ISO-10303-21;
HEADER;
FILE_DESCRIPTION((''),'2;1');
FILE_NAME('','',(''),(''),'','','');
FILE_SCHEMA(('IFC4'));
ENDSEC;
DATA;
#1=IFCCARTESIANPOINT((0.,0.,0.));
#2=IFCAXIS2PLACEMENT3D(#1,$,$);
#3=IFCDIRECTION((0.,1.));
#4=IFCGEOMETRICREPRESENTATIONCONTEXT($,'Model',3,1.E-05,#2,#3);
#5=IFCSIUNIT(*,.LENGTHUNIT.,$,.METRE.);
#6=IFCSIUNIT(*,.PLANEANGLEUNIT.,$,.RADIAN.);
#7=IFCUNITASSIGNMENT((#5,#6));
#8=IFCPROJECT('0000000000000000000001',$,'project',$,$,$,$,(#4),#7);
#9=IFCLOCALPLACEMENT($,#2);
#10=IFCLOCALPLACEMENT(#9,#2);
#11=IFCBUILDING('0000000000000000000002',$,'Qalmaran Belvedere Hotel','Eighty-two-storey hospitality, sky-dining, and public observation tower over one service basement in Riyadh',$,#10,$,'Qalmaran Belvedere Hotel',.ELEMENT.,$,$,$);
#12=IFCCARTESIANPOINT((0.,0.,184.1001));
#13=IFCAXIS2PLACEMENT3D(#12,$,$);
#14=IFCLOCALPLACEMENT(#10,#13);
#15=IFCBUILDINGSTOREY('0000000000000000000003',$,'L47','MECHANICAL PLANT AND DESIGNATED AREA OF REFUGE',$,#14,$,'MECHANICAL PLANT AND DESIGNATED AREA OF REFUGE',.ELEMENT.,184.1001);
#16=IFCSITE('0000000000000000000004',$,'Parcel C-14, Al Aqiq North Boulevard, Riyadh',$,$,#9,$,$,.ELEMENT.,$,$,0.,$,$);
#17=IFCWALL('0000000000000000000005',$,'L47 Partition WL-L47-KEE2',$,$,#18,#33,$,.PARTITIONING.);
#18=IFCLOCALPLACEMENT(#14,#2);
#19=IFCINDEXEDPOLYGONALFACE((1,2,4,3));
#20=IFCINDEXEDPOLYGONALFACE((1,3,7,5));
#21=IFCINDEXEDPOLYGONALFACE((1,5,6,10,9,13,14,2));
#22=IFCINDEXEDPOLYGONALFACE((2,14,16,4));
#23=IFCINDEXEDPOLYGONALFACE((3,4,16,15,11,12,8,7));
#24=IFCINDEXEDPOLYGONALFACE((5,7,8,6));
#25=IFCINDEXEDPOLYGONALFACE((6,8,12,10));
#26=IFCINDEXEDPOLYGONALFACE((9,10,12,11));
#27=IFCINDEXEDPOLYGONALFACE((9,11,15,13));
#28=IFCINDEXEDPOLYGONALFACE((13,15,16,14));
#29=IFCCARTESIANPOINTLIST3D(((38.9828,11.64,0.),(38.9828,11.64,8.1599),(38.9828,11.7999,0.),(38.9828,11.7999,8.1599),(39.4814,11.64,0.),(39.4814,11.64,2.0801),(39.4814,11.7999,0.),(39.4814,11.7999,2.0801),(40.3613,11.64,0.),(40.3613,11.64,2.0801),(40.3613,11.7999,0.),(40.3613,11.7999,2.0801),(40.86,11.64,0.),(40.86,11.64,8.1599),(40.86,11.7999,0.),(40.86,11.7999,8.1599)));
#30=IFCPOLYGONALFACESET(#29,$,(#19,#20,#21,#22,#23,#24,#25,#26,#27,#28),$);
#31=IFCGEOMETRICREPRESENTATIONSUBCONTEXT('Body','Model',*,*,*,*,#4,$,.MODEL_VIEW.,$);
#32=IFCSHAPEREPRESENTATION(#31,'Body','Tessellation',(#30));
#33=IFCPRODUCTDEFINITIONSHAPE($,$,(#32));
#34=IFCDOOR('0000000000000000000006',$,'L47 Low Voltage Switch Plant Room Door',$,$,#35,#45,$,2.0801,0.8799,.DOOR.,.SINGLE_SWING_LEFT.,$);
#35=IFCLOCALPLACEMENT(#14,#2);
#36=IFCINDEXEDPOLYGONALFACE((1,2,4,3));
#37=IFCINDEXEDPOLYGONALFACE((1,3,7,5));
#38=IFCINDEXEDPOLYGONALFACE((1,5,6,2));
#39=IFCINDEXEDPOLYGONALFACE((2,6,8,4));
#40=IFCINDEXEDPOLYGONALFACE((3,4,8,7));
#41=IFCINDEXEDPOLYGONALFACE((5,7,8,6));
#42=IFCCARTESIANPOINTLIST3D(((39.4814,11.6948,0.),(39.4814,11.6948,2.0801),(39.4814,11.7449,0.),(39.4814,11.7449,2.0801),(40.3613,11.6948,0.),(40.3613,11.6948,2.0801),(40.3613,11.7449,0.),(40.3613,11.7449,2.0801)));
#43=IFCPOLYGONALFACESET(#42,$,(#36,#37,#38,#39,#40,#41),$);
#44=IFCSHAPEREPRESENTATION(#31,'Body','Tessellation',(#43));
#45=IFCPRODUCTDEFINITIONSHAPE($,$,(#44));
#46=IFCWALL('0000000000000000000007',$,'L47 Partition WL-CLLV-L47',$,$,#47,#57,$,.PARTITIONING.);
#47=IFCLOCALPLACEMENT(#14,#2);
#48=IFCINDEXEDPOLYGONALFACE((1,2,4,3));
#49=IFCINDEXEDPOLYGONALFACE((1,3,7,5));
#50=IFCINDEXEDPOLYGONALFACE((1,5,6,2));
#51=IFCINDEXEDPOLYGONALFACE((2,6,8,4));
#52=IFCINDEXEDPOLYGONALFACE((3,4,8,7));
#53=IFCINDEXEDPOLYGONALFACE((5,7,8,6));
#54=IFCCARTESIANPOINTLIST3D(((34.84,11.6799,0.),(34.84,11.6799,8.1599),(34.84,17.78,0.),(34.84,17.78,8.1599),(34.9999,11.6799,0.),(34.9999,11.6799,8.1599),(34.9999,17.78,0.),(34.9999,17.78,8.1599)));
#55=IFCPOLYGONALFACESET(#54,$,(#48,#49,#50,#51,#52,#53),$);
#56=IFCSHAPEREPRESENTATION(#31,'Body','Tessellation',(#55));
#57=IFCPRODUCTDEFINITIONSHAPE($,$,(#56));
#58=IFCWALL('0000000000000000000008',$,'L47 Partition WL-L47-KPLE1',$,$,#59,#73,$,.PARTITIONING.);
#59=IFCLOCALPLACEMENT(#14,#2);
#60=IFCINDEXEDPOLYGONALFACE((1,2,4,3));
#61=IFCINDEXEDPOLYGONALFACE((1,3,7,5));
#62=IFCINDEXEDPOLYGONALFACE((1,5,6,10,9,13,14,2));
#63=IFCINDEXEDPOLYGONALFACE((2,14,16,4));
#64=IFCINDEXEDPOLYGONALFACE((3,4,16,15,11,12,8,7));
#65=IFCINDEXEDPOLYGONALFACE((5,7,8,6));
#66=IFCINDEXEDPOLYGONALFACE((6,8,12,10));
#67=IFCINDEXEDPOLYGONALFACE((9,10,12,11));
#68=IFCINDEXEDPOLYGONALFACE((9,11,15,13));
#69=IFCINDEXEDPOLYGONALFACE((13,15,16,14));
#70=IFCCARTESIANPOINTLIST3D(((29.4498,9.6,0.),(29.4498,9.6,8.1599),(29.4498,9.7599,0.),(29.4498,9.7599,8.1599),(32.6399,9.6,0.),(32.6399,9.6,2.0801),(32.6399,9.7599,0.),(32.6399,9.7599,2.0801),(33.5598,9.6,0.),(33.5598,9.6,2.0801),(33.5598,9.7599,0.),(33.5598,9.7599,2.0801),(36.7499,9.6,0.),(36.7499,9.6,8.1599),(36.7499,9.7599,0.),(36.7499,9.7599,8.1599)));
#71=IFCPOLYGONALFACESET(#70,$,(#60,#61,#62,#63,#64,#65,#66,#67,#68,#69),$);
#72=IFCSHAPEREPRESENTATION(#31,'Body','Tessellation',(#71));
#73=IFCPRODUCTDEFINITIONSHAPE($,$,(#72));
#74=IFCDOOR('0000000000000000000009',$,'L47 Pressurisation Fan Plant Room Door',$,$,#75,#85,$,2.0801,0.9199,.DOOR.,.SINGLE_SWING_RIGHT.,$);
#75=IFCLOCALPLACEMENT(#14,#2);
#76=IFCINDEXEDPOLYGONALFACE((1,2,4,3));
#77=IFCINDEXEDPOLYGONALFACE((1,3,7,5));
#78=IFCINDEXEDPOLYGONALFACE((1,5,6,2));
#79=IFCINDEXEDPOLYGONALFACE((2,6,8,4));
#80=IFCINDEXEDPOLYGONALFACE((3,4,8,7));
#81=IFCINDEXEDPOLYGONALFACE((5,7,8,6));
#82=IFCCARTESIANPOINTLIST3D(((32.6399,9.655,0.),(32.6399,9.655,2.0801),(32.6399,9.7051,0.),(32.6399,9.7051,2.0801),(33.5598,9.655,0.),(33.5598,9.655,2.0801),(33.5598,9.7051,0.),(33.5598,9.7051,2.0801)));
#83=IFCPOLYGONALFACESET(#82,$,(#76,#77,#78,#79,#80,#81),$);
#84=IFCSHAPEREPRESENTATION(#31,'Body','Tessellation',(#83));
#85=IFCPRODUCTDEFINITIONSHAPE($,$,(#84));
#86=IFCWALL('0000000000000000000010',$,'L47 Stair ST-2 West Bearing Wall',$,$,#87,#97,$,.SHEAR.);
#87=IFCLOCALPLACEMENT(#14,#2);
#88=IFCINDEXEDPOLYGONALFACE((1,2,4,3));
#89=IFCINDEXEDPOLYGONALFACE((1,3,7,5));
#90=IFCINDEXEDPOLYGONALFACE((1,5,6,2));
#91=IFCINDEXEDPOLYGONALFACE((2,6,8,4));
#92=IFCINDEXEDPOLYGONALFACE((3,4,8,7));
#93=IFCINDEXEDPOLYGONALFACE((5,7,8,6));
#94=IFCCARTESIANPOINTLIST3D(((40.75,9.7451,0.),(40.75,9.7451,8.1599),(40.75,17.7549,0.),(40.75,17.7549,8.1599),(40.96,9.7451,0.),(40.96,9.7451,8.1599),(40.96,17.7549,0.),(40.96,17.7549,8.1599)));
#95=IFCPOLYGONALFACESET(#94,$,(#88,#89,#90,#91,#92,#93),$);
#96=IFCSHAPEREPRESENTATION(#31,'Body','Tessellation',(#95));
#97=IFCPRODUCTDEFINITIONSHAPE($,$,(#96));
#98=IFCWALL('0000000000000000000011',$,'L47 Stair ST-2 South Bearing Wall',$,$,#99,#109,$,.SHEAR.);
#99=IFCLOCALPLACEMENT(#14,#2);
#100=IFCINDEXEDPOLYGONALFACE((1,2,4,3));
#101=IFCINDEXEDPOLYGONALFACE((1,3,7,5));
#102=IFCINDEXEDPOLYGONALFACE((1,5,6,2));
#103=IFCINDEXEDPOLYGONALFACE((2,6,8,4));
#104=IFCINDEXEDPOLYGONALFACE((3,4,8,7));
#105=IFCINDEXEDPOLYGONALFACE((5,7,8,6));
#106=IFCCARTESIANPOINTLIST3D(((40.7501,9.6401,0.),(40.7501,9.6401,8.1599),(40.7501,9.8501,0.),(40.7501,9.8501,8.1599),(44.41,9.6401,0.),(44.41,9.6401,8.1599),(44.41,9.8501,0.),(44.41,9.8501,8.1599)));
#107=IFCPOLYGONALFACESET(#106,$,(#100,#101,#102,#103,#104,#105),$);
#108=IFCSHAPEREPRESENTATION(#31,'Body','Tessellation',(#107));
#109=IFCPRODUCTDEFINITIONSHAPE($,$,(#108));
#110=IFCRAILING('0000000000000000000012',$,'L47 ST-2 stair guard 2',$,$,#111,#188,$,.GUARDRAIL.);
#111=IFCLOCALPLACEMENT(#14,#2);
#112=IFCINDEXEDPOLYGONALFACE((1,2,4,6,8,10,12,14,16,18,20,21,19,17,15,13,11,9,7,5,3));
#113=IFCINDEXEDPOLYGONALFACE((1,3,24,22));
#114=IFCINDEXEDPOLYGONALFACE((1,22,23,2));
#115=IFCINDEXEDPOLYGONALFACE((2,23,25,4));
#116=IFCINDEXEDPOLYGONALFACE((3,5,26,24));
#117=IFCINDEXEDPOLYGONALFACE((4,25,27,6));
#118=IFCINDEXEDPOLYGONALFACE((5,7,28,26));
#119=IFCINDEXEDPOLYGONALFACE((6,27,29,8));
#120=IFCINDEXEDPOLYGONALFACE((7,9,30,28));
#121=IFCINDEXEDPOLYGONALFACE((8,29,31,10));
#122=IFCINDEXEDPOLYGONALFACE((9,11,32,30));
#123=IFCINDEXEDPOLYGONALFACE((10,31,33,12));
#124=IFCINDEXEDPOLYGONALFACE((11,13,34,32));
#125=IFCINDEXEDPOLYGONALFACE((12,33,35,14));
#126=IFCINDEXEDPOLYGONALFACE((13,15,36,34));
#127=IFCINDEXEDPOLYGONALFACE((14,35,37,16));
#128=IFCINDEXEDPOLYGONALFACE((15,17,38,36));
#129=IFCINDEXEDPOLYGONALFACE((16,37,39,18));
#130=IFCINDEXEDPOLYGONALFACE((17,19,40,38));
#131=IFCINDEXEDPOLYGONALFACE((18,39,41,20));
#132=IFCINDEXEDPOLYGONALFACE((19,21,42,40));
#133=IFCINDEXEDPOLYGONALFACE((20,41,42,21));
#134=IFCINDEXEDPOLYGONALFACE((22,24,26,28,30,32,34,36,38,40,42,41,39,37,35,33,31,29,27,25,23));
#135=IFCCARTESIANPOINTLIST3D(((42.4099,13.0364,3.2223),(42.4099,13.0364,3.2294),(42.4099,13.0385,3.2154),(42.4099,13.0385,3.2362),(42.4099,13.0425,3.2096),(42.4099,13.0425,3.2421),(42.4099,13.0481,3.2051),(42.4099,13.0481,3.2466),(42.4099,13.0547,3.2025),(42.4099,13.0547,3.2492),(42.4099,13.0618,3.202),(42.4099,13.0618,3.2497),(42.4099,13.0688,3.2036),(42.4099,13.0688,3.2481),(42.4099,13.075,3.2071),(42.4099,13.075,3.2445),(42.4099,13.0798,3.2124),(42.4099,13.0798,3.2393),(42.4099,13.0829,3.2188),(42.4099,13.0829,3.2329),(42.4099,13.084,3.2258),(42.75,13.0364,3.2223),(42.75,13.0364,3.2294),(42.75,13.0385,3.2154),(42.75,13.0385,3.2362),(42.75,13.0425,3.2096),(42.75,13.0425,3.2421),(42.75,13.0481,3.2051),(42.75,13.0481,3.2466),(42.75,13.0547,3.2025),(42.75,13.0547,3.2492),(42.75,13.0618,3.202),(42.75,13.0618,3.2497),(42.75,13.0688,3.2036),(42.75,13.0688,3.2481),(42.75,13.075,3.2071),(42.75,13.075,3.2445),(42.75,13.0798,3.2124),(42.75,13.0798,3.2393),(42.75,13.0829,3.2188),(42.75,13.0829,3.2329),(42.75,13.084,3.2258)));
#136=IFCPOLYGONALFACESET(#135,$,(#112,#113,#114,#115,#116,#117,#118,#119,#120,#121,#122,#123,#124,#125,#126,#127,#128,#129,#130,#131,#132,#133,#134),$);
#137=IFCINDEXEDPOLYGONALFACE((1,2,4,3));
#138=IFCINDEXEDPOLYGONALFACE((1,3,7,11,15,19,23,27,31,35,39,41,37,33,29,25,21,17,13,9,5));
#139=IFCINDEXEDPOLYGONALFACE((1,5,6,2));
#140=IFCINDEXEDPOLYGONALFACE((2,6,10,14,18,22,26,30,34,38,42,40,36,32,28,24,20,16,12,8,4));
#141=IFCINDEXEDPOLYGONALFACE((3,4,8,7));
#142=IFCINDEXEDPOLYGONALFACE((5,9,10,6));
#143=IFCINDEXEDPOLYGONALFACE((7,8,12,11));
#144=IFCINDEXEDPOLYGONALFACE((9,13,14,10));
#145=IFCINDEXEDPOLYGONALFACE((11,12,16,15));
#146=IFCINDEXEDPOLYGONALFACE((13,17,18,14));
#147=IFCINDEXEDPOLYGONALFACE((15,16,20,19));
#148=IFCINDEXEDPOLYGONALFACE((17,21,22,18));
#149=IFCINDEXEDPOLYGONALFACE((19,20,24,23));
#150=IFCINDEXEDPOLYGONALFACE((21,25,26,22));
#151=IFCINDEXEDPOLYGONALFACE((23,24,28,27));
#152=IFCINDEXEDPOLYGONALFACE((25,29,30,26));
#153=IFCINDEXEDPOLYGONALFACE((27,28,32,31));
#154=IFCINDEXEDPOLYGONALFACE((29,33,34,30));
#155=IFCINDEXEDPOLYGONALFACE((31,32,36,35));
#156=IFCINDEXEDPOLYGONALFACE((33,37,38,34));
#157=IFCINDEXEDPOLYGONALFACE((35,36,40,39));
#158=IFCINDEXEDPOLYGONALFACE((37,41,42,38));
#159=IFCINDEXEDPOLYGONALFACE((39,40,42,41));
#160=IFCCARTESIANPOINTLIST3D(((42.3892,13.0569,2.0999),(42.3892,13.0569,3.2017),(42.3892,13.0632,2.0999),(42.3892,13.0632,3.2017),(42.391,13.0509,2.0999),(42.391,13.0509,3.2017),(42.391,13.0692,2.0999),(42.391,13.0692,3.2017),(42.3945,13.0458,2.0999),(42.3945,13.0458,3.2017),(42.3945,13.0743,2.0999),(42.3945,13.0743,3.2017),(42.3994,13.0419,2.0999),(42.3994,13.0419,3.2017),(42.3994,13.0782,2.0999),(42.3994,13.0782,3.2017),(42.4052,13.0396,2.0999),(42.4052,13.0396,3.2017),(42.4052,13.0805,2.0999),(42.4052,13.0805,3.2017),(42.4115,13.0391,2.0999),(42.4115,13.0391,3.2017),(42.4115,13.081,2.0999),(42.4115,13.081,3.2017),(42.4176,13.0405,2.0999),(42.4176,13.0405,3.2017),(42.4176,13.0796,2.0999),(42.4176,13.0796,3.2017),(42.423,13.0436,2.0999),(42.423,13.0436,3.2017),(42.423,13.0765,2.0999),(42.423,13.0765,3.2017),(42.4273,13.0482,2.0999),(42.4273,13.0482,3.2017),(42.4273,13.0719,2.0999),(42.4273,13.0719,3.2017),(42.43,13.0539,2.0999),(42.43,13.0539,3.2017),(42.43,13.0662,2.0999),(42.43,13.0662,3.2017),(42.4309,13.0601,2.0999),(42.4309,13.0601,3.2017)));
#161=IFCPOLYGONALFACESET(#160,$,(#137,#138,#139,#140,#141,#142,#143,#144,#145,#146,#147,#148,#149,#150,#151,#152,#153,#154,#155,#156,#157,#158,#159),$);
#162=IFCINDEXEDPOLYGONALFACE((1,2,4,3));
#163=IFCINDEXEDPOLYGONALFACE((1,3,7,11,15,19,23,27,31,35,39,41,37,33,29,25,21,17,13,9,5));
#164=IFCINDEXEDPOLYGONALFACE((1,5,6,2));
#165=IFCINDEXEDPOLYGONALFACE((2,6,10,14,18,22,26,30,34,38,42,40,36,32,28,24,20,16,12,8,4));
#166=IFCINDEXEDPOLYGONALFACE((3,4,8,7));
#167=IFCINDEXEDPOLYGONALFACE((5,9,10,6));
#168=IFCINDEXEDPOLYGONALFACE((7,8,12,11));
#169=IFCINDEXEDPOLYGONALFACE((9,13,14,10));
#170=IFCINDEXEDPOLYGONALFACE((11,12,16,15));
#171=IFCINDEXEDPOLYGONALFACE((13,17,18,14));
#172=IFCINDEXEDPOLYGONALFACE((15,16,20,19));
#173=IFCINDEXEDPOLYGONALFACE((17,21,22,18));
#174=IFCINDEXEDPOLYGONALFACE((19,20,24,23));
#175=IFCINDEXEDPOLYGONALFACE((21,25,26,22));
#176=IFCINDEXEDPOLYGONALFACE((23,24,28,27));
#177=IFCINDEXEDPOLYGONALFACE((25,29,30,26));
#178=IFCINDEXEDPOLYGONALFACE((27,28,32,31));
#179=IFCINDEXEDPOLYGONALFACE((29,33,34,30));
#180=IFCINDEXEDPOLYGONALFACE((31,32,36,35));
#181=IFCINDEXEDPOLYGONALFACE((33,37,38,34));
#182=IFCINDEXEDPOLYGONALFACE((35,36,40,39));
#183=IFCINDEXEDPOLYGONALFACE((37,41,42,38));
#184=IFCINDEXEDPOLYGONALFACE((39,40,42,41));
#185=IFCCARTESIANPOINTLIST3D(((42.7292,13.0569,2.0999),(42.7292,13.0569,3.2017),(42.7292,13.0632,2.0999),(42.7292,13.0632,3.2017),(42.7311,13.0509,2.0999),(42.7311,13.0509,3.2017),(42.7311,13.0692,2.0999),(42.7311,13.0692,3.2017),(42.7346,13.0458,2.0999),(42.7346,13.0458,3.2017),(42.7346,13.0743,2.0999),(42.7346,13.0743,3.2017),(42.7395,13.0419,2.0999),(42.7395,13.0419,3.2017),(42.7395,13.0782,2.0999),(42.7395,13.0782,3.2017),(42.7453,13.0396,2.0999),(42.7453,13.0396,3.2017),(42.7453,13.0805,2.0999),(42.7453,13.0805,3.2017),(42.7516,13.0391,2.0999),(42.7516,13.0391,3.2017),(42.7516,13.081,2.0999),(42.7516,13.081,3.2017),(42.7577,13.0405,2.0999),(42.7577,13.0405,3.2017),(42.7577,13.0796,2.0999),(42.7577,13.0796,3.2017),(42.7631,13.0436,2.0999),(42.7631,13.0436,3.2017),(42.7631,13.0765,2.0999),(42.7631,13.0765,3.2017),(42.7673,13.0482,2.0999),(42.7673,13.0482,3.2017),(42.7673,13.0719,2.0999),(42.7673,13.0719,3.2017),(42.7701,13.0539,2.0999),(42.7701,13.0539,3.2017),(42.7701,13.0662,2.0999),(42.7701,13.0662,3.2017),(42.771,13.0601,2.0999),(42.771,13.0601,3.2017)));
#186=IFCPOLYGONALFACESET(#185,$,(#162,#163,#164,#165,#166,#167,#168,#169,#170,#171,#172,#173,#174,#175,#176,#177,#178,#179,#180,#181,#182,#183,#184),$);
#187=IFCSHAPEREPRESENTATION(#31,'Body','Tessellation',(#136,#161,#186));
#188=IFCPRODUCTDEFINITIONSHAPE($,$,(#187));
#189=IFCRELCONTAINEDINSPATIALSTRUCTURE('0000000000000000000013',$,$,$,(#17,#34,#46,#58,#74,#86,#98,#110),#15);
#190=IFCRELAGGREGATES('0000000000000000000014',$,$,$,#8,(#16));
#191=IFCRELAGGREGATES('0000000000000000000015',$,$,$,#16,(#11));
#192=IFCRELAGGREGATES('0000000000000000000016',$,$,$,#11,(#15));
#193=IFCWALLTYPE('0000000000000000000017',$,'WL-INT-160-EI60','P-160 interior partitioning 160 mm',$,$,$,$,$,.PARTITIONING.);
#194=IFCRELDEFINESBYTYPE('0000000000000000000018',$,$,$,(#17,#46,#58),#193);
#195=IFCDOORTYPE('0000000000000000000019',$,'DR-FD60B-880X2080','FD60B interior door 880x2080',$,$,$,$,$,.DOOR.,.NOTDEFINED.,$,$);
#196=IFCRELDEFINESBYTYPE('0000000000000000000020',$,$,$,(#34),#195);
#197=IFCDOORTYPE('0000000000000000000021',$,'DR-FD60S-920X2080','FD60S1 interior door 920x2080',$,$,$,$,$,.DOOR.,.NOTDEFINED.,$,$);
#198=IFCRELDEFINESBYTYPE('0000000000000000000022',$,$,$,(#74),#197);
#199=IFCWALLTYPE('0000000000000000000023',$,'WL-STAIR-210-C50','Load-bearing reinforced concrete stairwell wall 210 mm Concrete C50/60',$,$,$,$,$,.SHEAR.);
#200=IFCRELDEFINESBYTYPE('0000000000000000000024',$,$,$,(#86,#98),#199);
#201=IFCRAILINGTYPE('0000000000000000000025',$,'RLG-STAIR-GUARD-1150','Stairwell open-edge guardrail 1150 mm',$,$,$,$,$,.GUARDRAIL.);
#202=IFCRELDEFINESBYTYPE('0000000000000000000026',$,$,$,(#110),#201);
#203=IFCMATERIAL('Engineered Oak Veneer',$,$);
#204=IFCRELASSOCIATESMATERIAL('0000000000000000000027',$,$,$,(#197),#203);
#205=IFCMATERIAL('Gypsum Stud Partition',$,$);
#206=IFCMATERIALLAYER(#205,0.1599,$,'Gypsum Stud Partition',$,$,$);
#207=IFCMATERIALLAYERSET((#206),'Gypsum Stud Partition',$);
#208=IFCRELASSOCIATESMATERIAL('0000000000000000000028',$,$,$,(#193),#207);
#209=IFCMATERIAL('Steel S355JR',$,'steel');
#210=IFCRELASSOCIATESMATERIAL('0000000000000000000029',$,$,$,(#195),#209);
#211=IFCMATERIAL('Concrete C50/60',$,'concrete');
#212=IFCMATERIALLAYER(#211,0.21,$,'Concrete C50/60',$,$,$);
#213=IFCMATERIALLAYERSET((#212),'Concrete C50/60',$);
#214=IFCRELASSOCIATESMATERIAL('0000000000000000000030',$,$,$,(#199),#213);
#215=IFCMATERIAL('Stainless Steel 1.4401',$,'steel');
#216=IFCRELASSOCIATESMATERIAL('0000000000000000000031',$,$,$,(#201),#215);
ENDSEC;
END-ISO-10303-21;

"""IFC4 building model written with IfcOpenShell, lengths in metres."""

from ifc_helpers import new_model, si_unit, direction, frame, frame_2d, origin, origin_2d, place, context, subcontext, project, spatial, rectangle, circle, extrude, material, layer, layer_set, type_object, element, fill, save


model = new_model("IFC4")

# Units and contexts
model_context = context("Model", 3, precision=1e-05, world=origin(), true_north=direction((0.0, 1.0)))
body_context = subcontext(model_context, "Body", "Model", "MODEL_VIEW")
ifc_project = project(units=[si_unit("LENGTHUNIT", "METRE"), si_unit("PLANEANGLEUNIT", "RADIAN")], contexts=[model_context])

# Site, building, storey
site_placement = place(None, origin())
site = spatial("IfcSite", under=ifc_project, at=site_placement, Name="Parcel C-14, Al Aqiq North Boulevard, Riyadh", CompositionType="ELEMENT", RefElevation=0.0)
building_placement = place(site_placement, origin())
building = spatial("IfcBuilding", under=site, at=building_placement, Name="Qalmaran Belvedere Hotel", Description="Eighty-two-storey hospitality, sky-dining, and public observation tower over one service basement in Riyadh", LongName="Qalmaran Belvedere Hotel", CompositionType="ELEMENT")
storey_placement = place(building_placement, frame((0.0, 0.0, 184.1001)))
storey = spatial("IfcBuildingStorey", under=building, at=storey_placement, Name="L47", Description="MECHANICAL PLANT AND DESIGNATED AREA OF REFUGE", LongName="MECHANICAL PLANT AND DESIGNATED AREA OF REFUGE", CompositionType="ELEMENT", Elevation=184.1001)

# Shared definitions
ifc_material_1 = material(Name="Concrete C50/60", Category="concrete")

# Shared definitions
ifc_material_2 = material(Name="Steel S355JR", Category="steel")

# Shared definitions
ifc_material_3 = material(Name="Gypsum Stud Partition")

# Wall, opening, door
ifc_material_4 = material(Name="Engineered Oak Veneer")
door_type_1 = type_object("IfcDoorType", Name="DR-FD60S-920X2080", Description="FD60S1 interior door 920x2080", OperationType="NOTDEFINED", PredefinedType="DOOR", material=ifc_material_4)
ifc_layer_1 = layer(ifc_material_3, 0.1599, Name="Gypsum Stud Partition")
ifc_layer_set_1 = layer_set([ifc_layer_1], Name="Gypsum Stud Partition")
wall_type_1 = type_object("IfcWallType", Name="WL-INT-160-EI60", Description="P-160 interior partitioning 160 mm", PredefinedType="PARTITIONING", material=ifc_layer_set_1)
door_type_2 = type_object("IfcDoorType", Name="DR-FD60B-880X2080", Description="FD60B interior door 880x2080", OperationType="NOTDEFINED", PredefinedType="DOOR", material=ifc_material_2)
wall_1_placement = place(storey_placement, frame((38.9829, 11.72, 0.0), z_axis=(0.0, 0.0, 1.0), x_axis=(1.0, 0.0, 0.0)))
wall_1 = element("IfcWall", 1, at=wall_1_placement, inside=storey, type_object=wall_type_1, Name="L47 Partition WL-L47-KEE2", PredefinedType="PARTITIONING", context=body_context, shape_type="SweptSolid", body=[
    extrude(rectangle(XDim=1.8772, YDim=0.1599, at=frame_2d((0.9385, 0.0))), origin(), (0.0, 0.0, 1.0), 8.1599),
])
opening_1_placement = place(wall_1_placement, frame((0.4985, 0.0, 0.0)))
opening_1 = element("IfcOpeningElement", 2, at=opening_1_placement, cuts=wall_1, PredefinedType="OPENING", context=body_context, shape_type="SweptSolid", body=[
    extrude(rectangle(XDim=0.8799, YDim=2.0801, at=frame_2d((0.4399, 1.04))), frame((0.0, 0.0898, 0.0), z_axis=(0.0, -1.0, 0.0), x_axis=(1.0, 0.0, 0.0)), (0.0, 0.0, 1.0), 0.1799),
])
door_1_placement = place(opening_1_placement, origin())
door_1 = element("IfcDoor", 3, at=door_1_placement, inside=storey, type_object=door_type_2, Name="L47 Low Voltage Switch Plant Room Door", OperationType="SINGLE_SWING_LEFT", OverallHeight=2.0801, OverallWidth=0.8799, PredefinedType="DOOR", context=body_context, shape_type="SweptSolid", body=[
    extrude(rectangle(XDim=0.8799, YDim=2.0801, at=frame_2d((0.4399, 1.04))), frame((0.0, 0.0249, 0.0), z_axis=(0.0, -1.0, 0.0), x_axis=(1.0, 0.0, 0.0)), (0.0, 0.0, 1.0), 0.05),
])
fill(opening_1, door_1)

# Wall
wall_2_placement = place(storey_placement, frame((34.9199, 11.6799, 0.0), z_axis=(0.0, 0.0, 1.0), x_axis=(0.0, 1.0, 0.0)))
element("IfcWall", 4, at=wall_2_placement, inside=storey, type_object=wall_type_1, Name="L47 Partition WL-CLLV-L47", PredefinedType="PARTITIONING", context=body_context, shape_type="SweptSolid", body=[
    extrude(rectangle(XDim=6.1001, YDim=0.1599, at=frame_2d((3.05, 0.0))), origin(), (0.0, 0.0, 1.0), 8.1599),
])

# Wall, opening, door
wall_3_placement = place(storey_placement, frame((29.45, 9.6799, 0.0), z_axis=(0.0, 0.0, 1.0), x_axis=(1.0, 0.0, 0.0)))
wall_3 = element("IfcWall", 5, at=wall_3_placement, inside=storey, type_object=wall_type_1, Name="L47 Partition WL-L47-KPLE1", PredefinedType="PARTITIONING", context=body_context, shape_type="SweptSolid", body=[
    extrude(rectangle(XDim=7.3, YDim=0.1599, at=frame_2d((3.6499, 0.0))), origin(), (0.0, 0.0, 1.0), 8.1599),
])
opening_2_placement = place(wall_3_placement, frame((4.1099, 0.0, 0.0), z_axis=(0.0, 0.0, 1.0), x_axis=(-1.0, 0.0, 0.0)))
opening_2 = element("IfcOpeningElement", 6, at=opening_2_placement, cuts=wall_3, PredefinedType="OPENING", context=body_context, shape_type="SweptSolid", body=[
    extrude(rectangle(XDim=0.9199, YDim=2.0801, at=frame_2d((0.46, 1.04))), frame((0.0, 0.0898, 0.0), z_axis=(0.0, -1.0, 0.0), x_axis=(1.0, 0.0, 0.0)), (0.0, 0.0, 1.0), 0.1799),
])
door_2_placement = place(opening_2_placement, origin())
door_2 = element("IfcDoor", 7, at=door_2_placement, inside=storey, type_object=door_type_1, Name="L47 Pressurisation Fan Plant Room Door", OperationType="SINGLE_SWING_RIGHT", OverallHeight=2.0801, OverallWidth=0.9199, PredefinedType="DOOR", context=body_context, shape_type="SweptSolid", body=[
    extrude(rectangle(XDim=0.9199, YDim=2.0801, at=frame_2d((0.46, 1.04))), frame((0.0, 0.0249, 0.0), z_axis=(0.0, -1.0, 0.0), x_axis=(1.0, 0.0, 0.0)), (0.0, 0.0, 1.0), 0.05),
])
fill(opening_2, door_2)

# Walls
ifc_layer_2 = layer(ifc_material_1, 0.21, Name="Concrete C50/60")
ifc_layer_set_2 = layer_set([ifc_layer_2], Name="Concrete C50/60")
wall_type_2 = type_object("IfcWallType", Name="WL-STAIR-210-C50", Description="Load-bearing reinforced concrete stairwell wall 210 mm Concrete C50/60", PredefinedType="SHEAR", material=ifc_layer_set_2)
wall_4_placement = place(storey_placement, frame((40.855, 9.7451, 0.0), z_axis=(0.0, 0.0, 1.0), x_axis=(0.0, 1.0, 0.0)))
element("IfcWall", 8, at=wall_4_placement, inside=storey, type_object=wall_type_2, Name="L47 Stair ST-2 West Bearing Wall", PredefinedType="SHEAR", context=body_context, shape_type="SweptSolid", body=[
    extrude(rectangle(XDim=8.0098, YDim=0.21, at=frame_2d((4.0049, 0.0))), origin(), (0.0, 0.0, 1.0), 8.1599),
])
wall_5_placement = place(storey_placement, frame((40.75, 9.7451, 0.0), z_axis=(0.0, 0.0, 1.0), x_axis=(1.0, 0.0, 0.0)))
element("IfcWall", 9, at=wall_5_placement, inside=storey, type_object=wall_type_2, Name="L47 Stair ST-2 South Bearing Wall", PredefinedType="SHEAR", context=body_context, shape_type="SweptSolid", body=[
    extrude(rectangle(XDim=3.6599, YDim=0.21, at=frame_2d((1.8301, 0.0))), origin(), (0.0, 0.0, 1.0), 8.1599),
])

# Railing
ifc_material_5 = material(Name="Stainless Steel 1.4401", Category="steel")
railing_type = type_object("IfcRailingType", Name="RLG-STAIR-GUARD-1150", Description="Stairwell open-edge guardrail 1150 mm", PredefinedType="GUARDRAIL", material=ifc_material_5)
railing_placement = place(storey_placement, frame((42.4099, 13.0601, 2.0999)))
element("IfcRailing", 10, at=railing_placement, inside=storey, type_object=railing_type, Name="L47 ST-2 stair guard 2", PredefinedType="GUARDRAIL", context=body_context, shape_type="SweptSolid", body=[
    extrude(circle(Radius=0.0239, at=origin_2d()), frame((0.0, 0.0, 1.126), z_axis=(1.0, 0.0, 0.0), x_axis=(0.0, 1.0, 0.0)), (0.0, 0.0, 1.0), 0.3401),
    extrude(circle(Radius=0.021, at=origin_2d()), origin(), (0.0, 0.0, 1.0), 1.1018),
    extrude(circle(Radius=0.021, at=origin_2d()), frame((0.3401, 0.0, 0.0)), (0.0, 0.0, 1.0), 1.1018),
])

save(model, "model.ifc")
